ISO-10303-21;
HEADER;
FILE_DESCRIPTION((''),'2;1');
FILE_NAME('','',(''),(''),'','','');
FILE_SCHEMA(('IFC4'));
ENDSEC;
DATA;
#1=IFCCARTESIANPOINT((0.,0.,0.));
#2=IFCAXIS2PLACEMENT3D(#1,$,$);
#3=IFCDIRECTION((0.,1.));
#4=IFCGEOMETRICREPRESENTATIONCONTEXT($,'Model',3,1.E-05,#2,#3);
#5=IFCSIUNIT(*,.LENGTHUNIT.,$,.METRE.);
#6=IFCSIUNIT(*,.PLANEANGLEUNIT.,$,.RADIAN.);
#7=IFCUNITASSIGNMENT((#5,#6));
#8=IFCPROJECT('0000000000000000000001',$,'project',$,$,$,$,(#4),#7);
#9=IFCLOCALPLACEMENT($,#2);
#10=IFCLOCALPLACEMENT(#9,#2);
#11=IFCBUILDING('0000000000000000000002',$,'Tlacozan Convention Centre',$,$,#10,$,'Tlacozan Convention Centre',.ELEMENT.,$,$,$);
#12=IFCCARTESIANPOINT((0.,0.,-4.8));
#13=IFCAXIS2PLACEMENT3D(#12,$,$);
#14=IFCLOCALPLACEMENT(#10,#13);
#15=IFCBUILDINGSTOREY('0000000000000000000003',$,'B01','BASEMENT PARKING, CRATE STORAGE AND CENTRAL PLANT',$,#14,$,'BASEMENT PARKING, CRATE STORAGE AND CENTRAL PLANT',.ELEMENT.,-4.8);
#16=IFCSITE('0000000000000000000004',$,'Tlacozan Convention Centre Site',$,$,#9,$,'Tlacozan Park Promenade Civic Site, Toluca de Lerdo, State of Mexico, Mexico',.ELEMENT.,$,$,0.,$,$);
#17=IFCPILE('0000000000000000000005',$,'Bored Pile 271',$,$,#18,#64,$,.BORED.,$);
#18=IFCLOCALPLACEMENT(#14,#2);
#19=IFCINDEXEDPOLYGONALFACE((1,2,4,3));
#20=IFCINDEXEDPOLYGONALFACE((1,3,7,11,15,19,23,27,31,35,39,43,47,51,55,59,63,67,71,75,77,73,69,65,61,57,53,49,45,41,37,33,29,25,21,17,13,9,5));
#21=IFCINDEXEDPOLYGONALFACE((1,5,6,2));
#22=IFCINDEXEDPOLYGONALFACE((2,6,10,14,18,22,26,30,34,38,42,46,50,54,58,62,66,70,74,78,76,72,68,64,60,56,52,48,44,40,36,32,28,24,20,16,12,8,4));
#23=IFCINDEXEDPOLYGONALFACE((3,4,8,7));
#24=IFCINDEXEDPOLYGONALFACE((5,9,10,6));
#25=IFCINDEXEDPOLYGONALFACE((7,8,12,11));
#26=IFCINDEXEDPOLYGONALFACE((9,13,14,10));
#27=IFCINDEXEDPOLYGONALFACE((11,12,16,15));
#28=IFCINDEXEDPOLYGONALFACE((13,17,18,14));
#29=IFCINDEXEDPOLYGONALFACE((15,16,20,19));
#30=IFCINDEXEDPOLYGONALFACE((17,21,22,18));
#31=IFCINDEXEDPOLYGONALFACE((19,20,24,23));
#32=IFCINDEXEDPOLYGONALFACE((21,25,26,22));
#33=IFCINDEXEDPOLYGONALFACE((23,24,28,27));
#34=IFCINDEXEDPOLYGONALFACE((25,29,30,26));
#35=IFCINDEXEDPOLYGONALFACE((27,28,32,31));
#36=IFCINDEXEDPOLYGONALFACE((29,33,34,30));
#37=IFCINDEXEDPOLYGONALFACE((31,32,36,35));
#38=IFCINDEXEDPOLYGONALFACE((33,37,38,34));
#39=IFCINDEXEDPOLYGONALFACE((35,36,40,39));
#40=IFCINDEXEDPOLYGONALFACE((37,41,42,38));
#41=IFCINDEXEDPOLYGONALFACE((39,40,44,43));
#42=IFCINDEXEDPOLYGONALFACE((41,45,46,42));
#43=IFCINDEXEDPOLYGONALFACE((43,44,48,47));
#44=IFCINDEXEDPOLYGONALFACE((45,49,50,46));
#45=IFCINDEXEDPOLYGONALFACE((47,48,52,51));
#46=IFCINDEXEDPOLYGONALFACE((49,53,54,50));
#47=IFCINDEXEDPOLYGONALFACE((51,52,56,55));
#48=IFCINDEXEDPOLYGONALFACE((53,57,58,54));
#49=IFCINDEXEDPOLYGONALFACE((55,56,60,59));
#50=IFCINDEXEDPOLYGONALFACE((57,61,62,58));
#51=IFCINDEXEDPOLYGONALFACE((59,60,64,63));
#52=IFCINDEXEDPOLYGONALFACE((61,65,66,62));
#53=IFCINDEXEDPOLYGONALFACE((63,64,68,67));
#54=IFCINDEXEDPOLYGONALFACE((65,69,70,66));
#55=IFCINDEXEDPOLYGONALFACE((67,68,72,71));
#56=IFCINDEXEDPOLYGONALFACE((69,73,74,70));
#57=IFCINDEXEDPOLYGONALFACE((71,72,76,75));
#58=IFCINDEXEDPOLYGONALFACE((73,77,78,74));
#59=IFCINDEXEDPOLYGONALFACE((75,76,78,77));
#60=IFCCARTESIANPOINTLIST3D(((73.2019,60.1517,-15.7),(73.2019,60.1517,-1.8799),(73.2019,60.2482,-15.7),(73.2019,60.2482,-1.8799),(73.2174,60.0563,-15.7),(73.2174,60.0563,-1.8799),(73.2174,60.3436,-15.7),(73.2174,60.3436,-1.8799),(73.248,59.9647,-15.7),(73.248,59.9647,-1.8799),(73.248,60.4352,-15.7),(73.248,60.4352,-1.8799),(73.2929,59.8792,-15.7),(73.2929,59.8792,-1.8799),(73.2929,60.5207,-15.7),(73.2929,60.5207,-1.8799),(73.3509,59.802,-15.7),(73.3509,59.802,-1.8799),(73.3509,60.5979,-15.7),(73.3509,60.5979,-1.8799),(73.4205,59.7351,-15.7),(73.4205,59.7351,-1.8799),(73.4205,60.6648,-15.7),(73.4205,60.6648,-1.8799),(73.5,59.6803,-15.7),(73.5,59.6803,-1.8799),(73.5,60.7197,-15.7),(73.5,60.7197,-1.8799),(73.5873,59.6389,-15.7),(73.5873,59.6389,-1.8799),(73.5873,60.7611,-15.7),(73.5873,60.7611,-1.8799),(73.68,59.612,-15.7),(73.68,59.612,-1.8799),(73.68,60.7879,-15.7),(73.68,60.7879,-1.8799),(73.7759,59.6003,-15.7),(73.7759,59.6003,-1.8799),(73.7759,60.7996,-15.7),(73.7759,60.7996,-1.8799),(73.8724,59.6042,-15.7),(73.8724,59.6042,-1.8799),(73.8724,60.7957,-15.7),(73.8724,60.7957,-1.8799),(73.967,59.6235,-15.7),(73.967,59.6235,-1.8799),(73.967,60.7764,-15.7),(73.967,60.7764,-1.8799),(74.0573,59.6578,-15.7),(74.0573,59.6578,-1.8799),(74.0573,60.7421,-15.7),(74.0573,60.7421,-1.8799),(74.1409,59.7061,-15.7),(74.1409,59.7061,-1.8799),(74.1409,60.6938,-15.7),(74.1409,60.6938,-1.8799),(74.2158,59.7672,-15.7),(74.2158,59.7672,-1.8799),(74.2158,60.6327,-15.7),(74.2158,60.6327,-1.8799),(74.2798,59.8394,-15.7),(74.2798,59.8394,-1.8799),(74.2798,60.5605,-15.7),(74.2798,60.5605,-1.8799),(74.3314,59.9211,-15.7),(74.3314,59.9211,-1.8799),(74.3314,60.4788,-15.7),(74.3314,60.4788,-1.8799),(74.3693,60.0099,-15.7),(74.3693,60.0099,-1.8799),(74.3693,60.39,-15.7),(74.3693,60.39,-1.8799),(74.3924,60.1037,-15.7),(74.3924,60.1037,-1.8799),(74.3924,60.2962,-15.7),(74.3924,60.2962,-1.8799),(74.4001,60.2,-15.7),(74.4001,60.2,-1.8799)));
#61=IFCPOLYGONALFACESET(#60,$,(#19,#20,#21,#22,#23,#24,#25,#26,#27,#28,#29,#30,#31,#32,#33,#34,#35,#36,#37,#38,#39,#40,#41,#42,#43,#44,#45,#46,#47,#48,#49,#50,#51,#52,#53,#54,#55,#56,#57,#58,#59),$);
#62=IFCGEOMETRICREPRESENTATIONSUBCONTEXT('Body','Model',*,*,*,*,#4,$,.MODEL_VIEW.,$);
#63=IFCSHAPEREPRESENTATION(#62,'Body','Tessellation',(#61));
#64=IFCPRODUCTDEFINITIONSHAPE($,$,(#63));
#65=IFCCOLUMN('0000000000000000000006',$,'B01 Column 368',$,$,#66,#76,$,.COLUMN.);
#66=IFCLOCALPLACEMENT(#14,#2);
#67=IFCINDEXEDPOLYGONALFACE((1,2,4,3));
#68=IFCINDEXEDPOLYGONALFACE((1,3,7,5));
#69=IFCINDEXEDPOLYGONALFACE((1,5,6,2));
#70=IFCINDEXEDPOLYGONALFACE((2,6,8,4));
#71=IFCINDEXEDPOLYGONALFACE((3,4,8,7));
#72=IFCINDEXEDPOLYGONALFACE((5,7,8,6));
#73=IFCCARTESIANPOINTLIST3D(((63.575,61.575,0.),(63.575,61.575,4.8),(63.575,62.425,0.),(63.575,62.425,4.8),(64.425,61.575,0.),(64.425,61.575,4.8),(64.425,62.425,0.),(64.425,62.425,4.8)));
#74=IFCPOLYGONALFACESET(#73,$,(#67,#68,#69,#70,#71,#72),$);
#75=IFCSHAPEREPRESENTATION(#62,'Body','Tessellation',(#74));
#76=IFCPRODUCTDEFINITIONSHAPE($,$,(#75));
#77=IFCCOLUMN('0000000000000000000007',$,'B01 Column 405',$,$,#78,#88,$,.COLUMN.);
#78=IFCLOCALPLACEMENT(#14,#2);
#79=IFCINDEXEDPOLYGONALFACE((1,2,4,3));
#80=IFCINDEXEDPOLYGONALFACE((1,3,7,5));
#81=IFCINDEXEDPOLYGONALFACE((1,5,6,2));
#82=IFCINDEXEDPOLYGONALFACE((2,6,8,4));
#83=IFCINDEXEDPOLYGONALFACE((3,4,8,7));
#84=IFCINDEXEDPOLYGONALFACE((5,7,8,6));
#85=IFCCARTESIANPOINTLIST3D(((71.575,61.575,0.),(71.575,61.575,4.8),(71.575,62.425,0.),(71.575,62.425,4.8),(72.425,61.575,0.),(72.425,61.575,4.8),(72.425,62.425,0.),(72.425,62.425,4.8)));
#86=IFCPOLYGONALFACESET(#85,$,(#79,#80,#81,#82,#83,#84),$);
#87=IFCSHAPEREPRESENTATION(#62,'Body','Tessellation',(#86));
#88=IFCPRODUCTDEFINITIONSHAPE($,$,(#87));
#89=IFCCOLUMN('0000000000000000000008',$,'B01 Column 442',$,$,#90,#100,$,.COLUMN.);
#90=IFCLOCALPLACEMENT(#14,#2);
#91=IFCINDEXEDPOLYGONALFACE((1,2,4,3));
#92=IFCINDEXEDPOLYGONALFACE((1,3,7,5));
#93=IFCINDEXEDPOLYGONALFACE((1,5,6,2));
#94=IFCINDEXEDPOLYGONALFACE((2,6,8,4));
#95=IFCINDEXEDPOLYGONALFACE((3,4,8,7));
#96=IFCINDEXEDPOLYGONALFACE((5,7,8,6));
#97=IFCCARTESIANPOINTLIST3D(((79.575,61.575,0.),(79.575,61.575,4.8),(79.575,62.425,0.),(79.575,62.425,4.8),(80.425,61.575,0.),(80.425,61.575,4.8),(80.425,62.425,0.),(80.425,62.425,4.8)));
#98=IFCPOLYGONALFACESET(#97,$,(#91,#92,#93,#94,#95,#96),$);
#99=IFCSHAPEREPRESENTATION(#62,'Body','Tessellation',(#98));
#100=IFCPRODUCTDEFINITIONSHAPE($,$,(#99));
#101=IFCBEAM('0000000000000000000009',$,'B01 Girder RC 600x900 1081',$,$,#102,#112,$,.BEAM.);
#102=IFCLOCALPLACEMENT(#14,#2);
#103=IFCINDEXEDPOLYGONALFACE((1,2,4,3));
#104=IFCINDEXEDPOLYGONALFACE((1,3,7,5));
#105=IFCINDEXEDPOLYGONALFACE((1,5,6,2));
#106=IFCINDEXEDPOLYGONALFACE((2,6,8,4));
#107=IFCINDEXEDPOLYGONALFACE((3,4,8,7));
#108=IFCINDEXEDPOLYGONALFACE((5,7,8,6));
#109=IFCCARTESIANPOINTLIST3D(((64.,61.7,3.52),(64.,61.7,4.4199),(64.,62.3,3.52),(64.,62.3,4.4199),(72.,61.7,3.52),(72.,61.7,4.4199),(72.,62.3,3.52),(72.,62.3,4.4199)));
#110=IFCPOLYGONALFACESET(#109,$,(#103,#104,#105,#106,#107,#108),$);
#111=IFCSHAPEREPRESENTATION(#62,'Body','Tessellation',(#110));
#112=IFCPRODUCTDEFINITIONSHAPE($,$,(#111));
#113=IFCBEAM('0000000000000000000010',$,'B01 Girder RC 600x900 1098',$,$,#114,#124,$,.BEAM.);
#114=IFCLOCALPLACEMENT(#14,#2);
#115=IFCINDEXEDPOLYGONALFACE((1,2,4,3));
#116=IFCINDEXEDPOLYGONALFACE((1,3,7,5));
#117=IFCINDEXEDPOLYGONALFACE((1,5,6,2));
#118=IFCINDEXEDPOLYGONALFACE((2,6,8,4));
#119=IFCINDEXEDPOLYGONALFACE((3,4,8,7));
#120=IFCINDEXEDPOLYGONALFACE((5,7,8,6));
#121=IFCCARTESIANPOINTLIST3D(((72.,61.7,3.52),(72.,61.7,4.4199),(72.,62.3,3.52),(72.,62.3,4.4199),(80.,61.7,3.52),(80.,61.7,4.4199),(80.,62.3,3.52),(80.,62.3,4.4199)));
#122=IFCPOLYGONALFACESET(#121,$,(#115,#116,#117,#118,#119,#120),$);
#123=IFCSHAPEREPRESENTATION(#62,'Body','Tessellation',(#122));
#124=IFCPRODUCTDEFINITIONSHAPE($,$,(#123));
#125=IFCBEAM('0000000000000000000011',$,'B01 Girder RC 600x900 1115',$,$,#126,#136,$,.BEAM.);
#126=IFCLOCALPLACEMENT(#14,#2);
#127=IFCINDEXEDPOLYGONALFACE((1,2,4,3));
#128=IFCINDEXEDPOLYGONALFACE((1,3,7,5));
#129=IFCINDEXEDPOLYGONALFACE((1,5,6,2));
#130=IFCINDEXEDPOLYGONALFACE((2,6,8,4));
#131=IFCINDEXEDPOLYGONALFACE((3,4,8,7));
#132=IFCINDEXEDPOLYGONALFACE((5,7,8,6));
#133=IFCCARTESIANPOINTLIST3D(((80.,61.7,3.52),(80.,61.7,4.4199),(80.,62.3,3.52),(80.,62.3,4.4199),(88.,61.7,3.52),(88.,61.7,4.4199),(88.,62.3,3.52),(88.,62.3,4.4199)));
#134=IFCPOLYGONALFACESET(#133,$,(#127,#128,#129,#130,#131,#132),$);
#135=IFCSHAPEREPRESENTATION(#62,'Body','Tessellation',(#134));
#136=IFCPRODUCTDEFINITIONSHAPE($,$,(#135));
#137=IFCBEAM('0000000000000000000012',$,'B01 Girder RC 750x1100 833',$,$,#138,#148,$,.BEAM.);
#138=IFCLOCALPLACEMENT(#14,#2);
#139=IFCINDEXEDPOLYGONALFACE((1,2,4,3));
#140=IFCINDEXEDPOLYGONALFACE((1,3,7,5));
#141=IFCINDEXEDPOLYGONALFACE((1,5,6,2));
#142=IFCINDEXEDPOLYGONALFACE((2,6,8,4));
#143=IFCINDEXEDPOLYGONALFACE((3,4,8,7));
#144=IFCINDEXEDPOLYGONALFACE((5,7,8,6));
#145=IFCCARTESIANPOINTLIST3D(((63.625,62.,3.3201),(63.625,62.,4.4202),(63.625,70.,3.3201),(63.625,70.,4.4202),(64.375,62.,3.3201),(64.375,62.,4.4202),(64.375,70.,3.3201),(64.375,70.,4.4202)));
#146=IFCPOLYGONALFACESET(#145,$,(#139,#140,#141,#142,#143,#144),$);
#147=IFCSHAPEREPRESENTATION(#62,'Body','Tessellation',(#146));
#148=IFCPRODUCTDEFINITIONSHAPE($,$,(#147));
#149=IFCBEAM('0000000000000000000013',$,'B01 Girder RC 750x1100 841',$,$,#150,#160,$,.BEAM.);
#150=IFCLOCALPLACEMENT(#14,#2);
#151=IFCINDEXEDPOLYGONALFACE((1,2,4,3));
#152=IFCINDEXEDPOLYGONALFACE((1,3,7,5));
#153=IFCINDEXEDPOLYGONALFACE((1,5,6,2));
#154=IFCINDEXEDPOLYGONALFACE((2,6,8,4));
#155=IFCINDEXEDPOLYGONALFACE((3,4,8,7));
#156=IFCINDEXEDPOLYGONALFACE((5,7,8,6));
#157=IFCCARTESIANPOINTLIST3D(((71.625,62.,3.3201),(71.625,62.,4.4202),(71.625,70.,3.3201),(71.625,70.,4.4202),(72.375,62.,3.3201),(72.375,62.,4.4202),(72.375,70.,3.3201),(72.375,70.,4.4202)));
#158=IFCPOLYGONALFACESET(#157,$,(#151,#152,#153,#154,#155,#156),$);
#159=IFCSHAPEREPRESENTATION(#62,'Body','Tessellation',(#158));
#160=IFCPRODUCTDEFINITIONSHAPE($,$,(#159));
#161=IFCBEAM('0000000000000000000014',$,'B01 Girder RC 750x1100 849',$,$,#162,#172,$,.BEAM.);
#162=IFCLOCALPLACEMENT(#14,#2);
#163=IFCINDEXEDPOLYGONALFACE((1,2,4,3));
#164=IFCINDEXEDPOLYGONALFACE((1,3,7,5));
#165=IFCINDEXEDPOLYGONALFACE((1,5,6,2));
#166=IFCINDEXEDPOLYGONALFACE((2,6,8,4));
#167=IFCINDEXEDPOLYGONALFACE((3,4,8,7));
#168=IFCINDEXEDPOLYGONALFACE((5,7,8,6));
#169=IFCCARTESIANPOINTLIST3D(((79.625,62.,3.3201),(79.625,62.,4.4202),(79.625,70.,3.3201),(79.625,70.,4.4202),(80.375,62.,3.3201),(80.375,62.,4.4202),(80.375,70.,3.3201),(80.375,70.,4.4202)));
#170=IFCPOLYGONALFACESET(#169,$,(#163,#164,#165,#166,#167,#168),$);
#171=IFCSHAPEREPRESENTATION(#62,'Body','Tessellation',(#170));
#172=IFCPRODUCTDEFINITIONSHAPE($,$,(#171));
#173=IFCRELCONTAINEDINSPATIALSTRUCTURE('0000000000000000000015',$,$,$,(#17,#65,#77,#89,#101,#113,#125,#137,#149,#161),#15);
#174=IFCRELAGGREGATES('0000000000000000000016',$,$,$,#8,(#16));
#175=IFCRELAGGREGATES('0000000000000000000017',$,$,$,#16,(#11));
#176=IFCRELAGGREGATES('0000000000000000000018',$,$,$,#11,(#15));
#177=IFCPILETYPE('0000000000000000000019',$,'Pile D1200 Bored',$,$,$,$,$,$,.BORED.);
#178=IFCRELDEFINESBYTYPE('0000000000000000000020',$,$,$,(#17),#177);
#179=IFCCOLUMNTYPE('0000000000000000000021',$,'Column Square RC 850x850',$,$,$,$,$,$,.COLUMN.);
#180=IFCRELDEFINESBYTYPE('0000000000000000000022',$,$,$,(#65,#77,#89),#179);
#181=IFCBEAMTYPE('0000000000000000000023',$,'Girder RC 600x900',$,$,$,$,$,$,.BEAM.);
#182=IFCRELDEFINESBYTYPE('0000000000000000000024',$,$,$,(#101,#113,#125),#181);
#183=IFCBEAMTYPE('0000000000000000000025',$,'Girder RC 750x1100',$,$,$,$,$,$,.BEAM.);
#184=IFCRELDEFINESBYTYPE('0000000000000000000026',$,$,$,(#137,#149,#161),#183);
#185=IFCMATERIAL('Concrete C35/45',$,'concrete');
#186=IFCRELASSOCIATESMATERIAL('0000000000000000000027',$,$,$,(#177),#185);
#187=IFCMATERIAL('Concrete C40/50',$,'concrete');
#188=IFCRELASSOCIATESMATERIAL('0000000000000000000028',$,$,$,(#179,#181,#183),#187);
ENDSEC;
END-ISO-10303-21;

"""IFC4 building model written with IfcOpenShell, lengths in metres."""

from ifc_helpers import new_model, si_unit, direction, frame, origin, origin_2d, place, context, subcontext, project, spatial, rectangle, circle, extrude, material, material_profile, profile_set, type_object, element, save


model = new_model("IFC4")

# Units and contexts
model_context = context("Model", 3, precision=1e-05, world=origin(), true_north=direction((0.0, 1.0)))
body_context = subcontext(model_context, "Body", "Model", "MODEL_VIEW")
ifc_project = project(units=[si_unit("LENGTHUNIT", "METRE"), si_unit("PLANEANGLEUNIT", "RADIAN")], contexts=[model_context])

# Site, building, storey
site_placement = place(None, origin())
site = spatial("IfcSite", under=ifc_project, at=site_placement, Name="Tlacozan Convention Centre Site", LongName="Tlacozan Park Promenade Civic Site, Toluca de Lerdo, State of Mexico, Mexico", CompositionType="ELEMENT", RefElevation=0.0)
building_placement = place(site_placement, origin())
building = spatial("IfcBuilding", under=site, at=building_placement, Name="Tlacozan Convention Centre", LongName="Tlacozan Convention Centre", CompositionType="ELEMENT")
storey_placement = place(building_placement, frame((0.0, 0.0, -4.8)))
storey = spatial("IfcBuildingStorey", under=building, at=storey_placement, Name="B01", Description="BASEMENT PARKING, CRATE STORAGE AND CENTRAL PLANT", LongName="BASEMENT PARKING, CRATE STORAGE AND CENTRAL PLANT", CompositionType="ELEMENT", Elevation=-4.8)

# Shared definitions
ifc_material_1 = material(Name="Concrete C35/45", Category="concrete")

# Pile
ifc_material_profile_1 = material_profile(ifc_material_1, circle(Radius=0.6001, at=origin_2d()), Name="PILE D1200")
ifc_profile_set_1 = profile_set([ifc_material_profile_1], Name="Concrete C35/45")
pile_type_1 = type_object("IfcPileType", Name="Pile D1200 Bored", PredefinedType="BORED", material=ifc_profile_set_1)
for number, where, z_axis, x_axis, name in (
    (1, (73.8, 60.2, -1.8799), (0.0, 0.0, -1.0), (1.0, 0.0, 0.0), "Bored Pile 271"),
):
    element("IfcPile", number, at=place(storey_placement, frame(where, z_axis=z_axis, x_axis=x_axis)), inside=storey, type_object=pile_type_1, Name=name, PredefinedType="BORED", context=body_context, shape_type="SweptSolid", body=[
        extrude(circle(Radius=0.6001, at=origin_2d()), origin(), (0.0, 0.0, 1.0), 13.8201),
    ])

# Columns
ifc_material_2 = material(Name="Concrete C40/50", Category="concrete")
ifc_material_profile_2 = material_profile(ifc_material_2, rectangle(XDim=0.8501, YDim=0.8501, at=origin_2d()), Name="RC 850x850")
ifc_profile_set_2 = profile_set([ifc_material_profile_2], Name="Concrete C40/50")
column_type = type_object("IfcColumnType", Name="Column Square RC 850x850", PredefinedType="COLUMN", material=ifc_profile_set_2)
for number, where, z_axis, x_axis, name in (
    (2, (64.0, 62.0, 0.0), (0.0, 0.0, 1.0), (1.0, 0.0, 0.0), "B01 Column 368"),
    (3, (72.0, 62.0, 0.0), (0.0, 0.0, 1.0), (1.0, 0.0, 0.0), "B01 Column 405"),
    (4, (80.0, 62.0, 0.0), (0.0, 0.0, 1.0), (1.0, 0.0, 0.0), "B01 Column 442"),
):
    element("IfcColumn", number, at=place(storey_placement, frame(where, z_axis=z_axis, x_axis=x_axis)), inside=storey, type_object=column_type, Name=name, PredefinedType="COLUMN", context=body_context, shape_type="SweptSolid", body=[
        extrude(rectangle(XDim=0.8501, YDim=0.8501, at=origin_2d()), origin(), (0.0, 0.0, 1.0), 4.8),
    ])

# Beams
ifc_material_profile_3 = material_profile(ifc_material_2, rectangle(XDim=0.6001, YDim=0.8999, at=origin_2d()), Name="RC 600x900")
ifc_profile_set_3 = profile_set([ifc_material_profile_3], Name="Concrete C40/50")
beam_type_1 = type_object("IfcBeamType", Name="Girder RC 600x900", PredefinedType="BEAM", material=ifc_profile_set_3)
for number, where, z_axis, x_axis, name in (
    (5, (64.0, 62.0, 3.97), (1.0, 0.0, 0.0), (0.0, 1.0, 0.0), "B01 Girder RC 600x900 1081"),
    (6, (72.0, 62.0, 3.97), (1.0, 0.0, 0.0), (0.0, 1.0, 0.0), "B01 Girder RC 600x900 1098"),
    (7, (80.0, 62.0, 3.97), (1.0, 0.0, 0.0), (0.0, 1.0, 0.0), "B01 Girder RC 600x900 1115"),
):
    element("IfcBeam", number, at=place(storey_placement, frame(where, z_axis=z_axis, x_axis=x_axis)), inside=storey, type_object=beam_type_1, Name=name, PredefinedType="BEAM", context=body_context, shape_type="SweptSolid", body=[
        extrude(rectangle(XDim=0.6001, YDim=0.8999, at=origin_2d()), origin(), (0.0, 0.0, 1.0), 8.0),
    ])
ifc_material_profile_4 = material_profile(ifc_material_2, rectangle(XDim=0.75, YDim=1.1001, at=origin_2d()), Name="RC 750x1100")
ifc_profile_set_4 = profile_set([ifc_material_profile_4], Name="Concrete C40/50")
beam_type_2 = type_object("IfcBeamType", Name="Girder RC 750x1100", PredefinedType="BEAM", material=ifc_profile_set_4)
for number, where, z_axis, x_axis, name in (
    (8, (64.0, 62.0, 3.8701), (0.0, 1.0, 0.0), (-1.0, 0.0, 0.0), "B01 Girder RC 750x1100 833"),
    (9, (72.0, 62.0, 3.8701), (0.0, 1.0, 0.0), (-1.0, 0.0, 0.0), "B01 Girder RC 750x1100 841"),
    (10, (80.0, 62.0, 3.8701), (0.0, 1.0, 0.0), (-1.0, 0.0, 0.0), "B01 Girder RC 750x1100 849"),
):
    element("IfcBeam", number, at=place(storey_placement, frame(where, z_axis=z_axis, x_axis=x_axis)), inside=storey, type_object=beam_type_2, Name=name, PredefinedType="BEAM", context=body_context, shape_type="SweptSolid", body=[
        extrude(rectangle(XDim=0.75, YDim=1.1001, at=origin_2d()), origin(), (0.0, 0.0, 1.0), 8.0),
    ])

save(model, "model.ifc")
